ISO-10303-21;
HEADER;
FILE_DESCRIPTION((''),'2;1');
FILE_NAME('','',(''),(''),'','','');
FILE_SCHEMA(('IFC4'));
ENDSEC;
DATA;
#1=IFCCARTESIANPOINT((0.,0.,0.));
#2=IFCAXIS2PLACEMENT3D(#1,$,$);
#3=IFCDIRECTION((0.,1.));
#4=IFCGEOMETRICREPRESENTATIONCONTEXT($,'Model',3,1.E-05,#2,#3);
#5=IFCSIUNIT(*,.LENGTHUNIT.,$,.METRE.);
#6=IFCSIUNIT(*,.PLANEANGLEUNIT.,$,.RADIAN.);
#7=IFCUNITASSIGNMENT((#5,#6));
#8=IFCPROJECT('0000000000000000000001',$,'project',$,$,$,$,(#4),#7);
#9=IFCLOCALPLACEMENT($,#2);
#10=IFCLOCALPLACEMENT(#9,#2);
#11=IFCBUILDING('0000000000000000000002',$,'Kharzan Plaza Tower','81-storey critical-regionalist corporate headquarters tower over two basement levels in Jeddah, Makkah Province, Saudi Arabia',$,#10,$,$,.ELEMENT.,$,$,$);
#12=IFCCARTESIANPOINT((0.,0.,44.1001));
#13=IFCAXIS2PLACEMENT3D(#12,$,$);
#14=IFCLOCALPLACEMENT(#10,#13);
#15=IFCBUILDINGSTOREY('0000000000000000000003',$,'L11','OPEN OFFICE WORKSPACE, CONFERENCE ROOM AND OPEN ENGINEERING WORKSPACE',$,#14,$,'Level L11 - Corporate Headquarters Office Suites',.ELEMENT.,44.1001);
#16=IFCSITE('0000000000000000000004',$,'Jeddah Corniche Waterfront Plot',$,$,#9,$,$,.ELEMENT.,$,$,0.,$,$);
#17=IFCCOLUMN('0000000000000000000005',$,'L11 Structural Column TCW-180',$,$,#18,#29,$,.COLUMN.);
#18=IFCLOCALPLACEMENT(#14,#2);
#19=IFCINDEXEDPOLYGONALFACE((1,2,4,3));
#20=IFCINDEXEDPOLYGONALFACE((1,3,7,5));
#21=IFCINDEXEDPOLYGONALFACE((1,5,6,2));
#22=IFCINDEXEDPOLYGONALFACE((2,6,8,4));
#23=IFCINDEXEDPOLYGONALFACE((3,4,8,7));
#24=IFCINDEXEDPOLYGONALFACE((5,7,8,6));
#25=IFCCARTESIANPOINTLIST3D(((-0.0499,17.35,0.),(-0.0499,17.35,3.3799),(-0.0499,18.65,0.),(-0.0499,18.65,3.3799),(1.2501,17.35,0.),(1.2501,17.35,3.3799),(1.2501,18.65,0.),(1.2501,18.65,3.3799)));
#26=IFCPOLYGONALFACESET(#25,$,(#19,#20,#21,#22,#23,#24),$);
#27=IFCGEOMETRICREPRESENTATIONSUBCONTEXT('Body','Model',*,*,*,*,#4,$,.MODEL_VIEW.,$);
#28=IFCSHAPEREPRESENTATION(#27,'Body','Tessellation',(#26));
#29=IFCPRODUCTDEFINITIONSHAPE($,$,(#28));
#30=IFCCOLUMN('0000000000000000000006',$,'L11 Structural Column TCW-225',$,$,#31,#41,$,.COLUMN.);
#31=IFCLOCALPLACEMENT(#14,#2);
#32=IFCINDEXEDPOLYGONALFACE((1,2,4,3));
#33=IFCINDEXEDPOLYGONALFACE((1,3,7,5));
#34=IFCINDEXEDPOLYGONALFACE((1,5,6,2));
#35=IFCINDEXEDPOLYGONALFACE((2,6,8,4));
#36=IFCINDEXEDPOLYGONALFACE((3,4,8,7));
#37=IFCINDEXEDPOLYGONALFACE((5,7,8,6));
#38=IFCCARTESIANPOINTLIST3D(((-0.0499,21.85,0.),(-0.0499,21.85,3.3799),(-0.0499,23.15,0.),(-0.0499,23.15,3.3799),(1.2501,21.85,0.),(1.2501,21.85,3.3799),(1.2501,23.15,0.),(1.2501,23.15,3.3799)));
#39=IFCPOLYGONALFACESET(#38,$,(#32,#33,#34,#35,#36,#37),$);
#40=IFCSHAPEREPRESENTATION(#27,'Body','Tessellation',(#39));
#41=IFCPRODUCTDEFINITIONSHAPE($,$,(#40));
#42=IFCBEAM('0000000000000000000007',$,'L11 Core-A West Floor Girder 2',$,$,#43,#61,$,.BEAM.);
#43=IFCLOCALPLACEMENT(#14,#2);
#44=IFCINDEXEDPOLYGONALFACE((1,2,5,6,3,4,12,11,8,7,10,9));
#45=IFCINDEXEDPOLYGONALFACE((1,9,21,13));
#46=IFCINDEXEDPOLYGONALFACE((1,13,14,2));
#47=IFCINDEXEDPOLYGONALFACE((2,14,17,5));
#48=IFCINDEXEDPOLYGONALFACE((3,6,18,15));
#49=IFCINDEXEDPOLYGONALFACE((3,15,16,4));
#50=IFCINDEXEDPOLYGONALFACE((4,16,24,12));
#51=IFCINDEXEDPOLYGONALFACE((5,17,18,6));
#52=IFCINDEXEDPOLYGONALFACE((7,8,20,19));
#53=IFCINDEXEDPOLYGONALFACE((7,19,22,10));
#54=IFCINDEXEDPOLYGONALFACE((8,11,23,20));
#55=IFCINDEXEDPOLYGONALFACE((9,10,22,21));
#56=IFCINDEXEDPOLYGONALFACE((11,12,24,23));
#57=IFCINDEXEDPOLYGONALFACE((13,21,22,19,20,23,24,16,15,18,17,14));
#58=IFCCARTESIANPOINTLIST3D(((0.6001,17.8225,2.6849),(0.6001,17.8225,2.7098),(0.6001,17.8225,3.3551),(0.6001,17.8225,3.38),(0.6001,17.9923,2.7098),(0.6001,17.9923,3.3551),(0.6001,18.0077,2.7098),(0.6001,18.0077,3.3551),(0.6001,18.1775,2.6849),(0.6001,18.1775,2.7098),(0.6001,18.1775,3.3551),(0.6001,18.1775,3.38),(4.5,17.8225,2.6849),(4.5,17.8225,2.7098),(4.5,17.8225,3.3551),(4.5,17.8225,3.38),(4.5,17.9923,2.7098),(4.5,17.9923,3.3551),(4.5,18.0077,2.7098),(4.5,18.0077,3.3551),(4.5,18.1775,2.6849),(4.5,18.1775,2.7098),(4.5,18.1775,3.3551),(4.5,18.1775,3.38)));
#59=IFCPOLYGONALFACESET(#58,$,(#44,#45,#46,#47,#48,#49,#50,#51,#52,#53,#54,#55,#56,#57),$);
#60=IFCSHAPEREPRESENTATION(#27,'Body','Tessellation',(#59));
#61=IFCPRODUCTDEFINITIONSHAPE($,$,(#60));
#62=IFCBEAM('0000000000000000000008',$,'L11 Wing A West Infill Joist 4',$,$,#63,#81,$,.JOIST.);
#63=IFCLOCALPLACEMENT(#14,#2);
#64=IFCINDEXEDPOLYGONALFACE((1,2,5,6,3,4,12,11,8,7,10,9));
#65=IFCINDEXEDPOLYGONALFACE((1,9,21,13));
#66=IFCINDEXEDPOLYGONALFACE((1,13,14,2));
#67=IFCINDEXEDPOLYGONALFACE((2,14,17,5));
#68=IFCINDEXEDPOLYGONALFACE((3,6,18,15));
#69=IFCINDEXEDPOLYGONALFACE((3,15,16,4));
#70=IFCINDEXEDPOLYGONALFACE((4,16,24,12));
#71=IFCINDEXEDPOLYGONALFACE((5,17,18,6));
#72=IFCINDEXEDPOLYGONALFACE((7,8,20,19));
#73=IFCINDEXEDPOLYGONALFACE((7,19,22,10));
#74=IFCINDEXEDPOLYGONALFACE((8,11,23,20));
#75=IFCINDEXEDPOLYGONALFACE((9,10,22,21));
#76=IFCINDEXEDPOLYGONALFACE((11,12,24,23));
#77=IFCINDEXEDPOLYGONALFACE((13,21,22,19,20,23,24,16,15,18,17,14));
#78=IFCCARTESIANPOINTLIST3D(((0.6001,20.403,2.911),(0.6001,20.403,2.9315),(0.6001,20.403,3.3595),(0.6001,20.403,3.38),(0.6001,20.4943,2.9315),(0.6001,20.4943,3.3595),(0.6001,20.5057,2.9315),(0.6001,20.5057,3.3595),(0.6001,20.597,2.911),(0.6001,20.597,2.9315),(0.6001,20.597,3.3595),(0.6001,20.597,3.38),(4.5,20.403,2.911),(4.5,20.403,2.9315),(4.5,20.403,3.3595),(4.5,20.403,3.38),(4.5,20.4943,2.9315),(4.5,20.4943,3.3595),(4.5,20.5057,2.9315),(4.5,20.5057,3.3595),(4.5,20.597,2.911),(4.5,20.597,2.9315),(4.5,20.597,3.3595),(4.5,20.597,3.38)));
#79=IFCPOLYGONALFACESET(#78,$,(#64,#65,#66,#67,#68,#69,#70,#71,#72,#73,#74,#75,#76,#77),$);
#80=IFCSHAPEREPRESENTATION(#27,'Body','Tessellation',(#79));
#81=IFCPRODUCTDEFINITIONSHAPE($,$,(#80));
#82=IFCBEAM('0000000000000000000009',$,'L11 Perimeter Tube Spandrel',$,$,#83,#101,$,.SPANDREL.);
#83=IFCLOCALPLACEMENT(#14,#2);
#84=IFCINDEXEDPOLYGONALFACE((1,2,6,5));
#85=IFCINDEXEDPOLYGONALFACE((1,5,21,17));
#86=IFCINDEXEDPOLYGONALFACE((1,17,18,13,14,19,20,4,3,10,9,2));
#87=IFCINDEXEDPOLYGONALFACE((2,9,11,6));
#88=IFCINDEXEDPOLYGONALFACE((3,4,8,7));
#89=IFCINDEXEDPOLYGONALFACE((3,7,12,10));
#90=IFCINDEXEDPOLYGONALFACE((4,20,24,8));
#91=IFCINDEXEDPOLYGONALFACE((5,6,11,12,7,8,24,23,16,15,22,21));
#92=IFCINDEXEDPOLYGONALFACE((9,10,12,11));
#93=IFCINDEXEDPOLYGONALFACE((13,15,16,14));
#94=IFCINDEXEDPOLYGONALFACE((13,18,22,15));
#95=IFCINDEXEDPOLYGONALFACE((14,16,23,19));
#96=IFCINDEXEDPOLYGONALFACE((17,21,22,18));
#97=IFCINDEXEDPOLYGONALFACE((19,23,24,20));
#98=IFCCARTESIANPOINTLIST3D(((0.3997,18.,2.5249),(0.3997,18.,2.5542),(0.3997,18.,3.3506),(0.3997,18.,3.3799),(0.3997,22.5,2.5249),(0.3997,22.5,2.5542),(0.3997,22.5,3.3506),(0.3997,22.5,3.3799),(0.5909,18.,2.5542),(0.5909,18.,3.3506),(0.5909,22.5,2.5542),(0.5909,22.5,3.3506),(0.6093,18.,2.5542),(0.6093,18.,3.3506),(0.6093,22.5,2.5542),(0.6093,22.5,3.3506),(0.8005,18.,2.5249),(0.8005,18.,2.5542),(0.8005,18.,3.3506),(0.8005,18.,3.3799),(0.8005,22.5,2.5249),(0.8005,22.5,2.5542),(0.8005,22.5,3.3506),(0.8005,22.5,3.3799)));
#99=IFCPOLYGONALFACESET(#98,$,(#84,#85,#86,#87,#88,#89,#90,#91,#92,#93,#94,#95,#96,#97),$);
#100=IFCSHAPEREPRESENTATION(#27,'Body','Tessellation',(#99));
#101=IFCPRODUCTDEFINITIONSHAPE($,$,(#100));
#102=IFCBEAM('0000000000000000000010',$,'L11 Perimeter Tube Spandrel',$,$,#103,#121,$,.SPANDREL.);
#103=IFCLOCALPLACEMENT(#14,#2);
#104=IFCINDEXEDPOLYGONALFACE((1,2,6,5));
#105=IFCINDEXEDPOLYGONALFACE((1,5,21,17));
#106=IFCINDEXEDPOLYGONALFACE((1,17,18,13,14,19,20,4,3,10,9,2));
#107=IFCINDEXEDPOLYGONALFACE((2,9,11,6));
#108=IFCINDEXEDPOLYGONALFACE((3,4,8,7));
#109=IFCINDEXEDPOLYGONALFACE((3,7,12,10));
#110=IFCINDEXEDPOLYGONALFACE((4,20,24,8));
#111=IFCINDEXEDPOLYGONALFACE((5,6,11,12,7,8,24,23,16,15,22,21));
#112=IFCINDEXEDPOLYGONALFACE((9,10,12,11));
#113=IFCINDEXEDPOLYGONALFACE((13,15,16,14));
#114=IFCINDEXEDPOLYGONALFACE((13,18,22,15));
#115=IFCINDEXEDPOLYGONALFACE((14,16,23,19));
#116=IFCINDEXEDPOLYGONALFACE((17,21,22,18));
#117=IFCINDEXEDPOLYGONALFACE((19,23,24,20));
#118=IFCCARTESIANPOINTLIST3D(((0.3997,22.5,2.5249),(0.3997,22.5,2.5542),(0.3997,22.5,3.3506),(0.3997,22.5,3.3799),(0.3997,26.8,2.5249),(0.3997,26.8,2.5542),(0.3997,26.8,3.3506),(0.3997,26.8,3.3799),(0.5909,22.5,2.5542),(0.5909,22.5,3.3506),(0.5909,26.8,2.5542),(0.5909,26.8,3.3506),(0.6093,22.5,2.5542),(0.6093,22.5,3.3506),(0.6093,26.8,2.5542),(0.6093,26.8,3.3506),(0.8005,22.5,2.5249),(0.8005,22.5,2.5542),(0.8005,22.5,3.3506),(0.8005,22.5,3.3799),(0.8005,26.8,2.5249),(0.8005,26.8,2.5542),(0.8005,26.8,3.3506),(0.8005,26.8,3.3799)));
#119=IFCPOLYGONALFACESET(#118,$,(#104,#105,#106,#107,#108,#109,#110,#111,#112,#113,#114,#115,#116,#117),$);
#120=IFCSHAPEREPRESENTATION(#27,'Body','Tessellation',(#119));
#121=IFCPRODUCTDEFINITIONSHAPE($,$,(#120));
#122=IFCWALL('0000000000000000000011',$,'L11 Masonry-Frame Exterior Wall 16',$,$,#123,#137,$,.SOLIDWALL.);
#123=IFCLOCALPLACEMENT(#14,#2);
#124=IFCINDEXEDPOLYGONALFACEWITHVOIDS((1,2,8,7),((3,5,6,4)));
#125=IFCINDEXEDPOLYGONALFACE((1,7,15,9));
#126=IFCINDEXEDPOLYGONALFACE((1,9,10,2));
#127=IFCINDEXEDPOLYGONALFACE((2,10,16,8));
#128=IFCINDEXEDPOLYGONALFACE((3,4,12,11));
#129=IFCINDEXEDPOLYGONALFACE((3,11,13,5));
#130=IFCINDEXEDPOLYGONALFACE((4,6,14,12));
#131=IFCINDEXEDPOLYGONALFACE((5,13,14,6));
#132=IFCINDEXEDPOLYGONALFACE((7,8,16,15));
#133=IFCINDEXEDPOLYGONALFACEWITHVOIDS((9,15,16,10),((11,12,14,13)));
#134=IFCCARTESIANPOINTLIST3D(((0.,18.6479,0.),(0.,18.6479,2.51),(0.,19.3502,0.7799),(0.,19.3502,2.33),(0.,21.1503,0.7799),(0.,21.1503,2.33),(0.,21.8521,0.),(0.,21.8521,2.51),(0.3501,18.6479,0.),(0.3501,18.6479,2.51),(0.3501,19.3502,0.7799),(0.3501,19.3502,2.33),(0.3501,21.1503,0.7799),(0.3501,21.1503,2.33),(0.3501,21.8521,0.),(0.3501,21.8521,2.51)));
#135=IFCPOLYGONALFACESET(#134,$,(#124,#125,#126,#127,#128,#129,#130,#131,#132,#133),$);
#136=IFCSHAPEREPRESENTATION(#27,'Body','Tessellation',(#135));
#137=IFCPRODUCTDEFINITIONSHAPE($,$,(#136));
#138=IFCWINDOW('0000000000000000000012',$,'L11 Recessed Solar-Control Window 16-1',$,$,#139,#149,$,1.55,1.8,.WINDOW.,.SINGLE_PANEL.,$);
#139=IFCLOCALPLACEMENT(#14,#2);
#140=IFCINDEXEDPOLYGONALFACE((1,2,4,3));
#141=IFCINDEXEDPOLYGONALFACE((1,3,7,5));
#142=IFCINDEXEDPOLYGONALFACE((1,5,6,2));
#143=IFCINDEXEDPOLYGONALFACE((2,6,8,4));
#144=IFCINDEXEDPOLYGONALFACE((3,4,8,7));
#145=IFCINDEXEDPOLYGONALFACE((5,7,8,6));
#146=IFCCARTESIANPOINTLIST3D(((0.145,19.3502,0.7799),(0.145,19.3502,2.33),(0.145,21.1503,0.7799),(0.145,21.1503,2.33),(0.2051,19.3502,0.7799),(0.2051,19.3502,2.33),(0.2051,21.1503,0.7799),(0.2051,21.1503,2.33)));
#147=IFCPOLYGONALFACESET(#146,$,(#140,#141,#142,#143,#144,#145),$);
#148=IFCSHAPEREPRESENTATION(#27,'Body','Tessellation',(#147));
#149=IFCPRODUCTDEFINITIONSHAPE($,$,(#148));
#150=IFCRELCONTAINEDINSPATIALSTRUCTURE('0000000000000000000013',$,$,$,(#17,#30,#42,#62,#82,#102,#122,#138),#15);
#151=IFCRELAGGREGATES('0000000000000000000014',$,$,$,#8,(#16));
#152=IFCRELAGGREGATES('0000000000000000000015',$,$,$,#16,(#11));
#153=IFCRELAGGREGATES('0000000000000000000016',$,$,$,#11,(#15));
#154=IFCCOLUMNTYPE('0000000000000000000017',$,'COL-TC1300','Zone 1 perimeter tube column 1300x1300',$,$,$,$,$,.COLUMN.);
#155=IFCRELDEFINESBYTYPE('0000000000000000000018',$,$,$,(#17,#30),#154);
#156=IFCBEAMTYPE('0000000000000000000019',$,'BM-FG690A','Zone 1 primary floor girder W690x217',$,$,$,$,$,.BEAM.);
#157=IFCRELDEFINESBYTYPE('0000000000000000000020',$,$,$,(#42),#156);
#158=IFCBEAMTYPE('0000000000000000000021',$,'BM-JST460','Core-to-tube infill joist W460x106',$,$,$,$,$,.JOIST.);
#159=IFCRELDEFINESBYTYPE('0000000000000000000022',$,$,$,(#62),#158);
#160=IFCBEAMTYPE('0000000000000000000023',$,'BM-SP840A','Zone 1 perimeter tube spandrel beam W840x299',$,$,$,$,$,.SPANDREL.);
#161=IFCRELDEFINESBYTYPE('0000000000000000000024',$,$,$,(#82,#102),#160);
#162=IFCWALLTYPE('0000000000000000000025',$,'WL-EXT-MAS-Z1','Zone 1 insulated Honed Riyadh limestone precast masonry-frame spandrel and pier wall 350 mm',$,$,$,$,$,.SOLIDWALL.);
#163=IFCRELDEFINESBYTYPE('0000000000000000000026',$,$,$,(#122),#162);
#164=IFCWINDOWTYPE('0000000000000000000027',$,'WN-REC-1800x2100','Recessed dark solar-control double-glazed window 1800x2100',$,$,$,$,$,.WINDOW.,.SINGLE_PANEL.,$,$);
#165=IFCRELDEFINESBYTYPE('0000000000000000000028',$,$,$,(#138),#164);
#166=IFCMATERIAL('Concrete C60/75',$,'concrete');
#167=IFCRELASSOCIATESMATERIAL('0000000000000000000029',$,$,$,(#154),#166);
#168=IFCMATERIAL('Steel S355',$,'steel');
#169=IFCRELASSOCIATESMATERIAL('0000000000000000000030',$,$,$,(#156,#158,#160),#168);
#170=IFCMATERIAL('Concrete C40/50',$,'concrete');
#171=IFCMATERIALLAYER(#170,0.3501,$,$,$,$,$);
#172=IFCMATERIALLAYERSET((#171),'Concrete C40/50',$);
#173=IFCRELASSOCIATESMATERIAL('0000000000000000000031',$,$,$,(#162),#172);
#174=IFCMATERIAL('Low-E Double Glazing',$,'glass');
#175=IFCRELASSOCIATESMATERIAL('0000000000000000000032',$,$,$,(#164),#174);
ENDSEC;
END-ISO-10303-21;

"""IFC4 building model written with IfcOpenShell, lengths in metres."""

from ifc_helpers import new_model, si_unit, direction, frame, frame_2d, origin, origin_2d, place, context, subcontext, project, spatial, rectangle, i_section, extrude, source, transform, mapped, material, layer, layer_set, material_profile, profile_set, type_object, element, fill, save


model = new_model("IFC4")

# Units and contexts
model_context = context("Model", 3, precision=1e-05, world=origin(), true_north=direction((0.0, 1.0)))
body_context = subcontext(model_context, "Body", "Model", "MODEL_VIEW")
ifc_project = project(units=[si_unit("LENGTHUNIT", "METRE"), si_unit("PLANEANGLEUNIT", "RADIAN")], contexts=[model_context])

# Site, building, storey
site_placement = place(None, origin())
site = spatial("IfcSite", under=ifc_project, at=site_placement, Name="Jeddah Corniche Waterfront Plot", CompositionType="ELEMENT", RefElevation=0.0)
building_placement = place(site_placement, origin())
building = spatial("IfcBuilding", under=site, at=building_placement, Name="Kharzan Plaza Tower", Description="81-storey critical-regionalist corporate headquarters tower over two basement levels in Jeddah, Makkah Province, Saudi Arabia", CompositionType="ELEMENT")
storey_placement = place(building_placement, frame((0.0, 0.0, 44.1001)))
storey = spatial("IfcBuildingStorey", under=building, at=storey_placement, Name="L11", Description="OPEN OFFICE WORKSPACE, CONFERENCE ROOM AND OPEN ENGINEERING WORKSPACE", LongName="Level L11 - Corporate Headquarters Office Suites", CompositionType="ELEMENT", Elevation=44.1001)

# Columns
ifc_material_1 = material(Name="Concrete C60/75", Category="concrete")
ifc_material_profile_1 = material_profile(ifc_material_1, rectangle(XDim=1.3, YDim=1.3, at=origin_2d()), Name="RC-TC1300x1300")
ifc_profile_set_1 = profile_set([ifc_material_profile_1], Name="Concrete C60/75")
column_type = type_object("IfcColumnType", Name="COL-TC1300", Description="Zone 1 perimeter tube column 1300x1300", PredefinedType="COLUMN", material=ifc_profile_set_1)
shared_shape_1 = source(origin(), body_context, "Body", "SweptSolid", [
    extrude(rectangle(XDim=1.3, YDim=1.3, at=origin_2d()), origin(), (0.0, 0.0, 1.0), 3.3799),
])
for number, where, z_axis, x_axis, name in (
    (1, (0.6001, 18.0, 0.0), (0.0, 0.0, 1.0), (1.0, 0.0, 0.0), "L11 Structural Column TCW-180"),
    (2, (0.6001, 22.5, 0.0), (0.0, 0.0, 1.0), (1.0, 0.0, 0.0), "L11 Structural Column TCW-225"),
):
    element("IfcColumn", number, at=place(storey_placement, frame(where, z_axis=z_axis, x_axis=x_axis)), inside=storey, type_object=column_type, Name=name, PredefinedType="COLUMN", context=body_context, shape_type="MappedRepresentation", body=[
        mapped(shared_shape_1, transform((0.0, 0.0, 0.0), x_axis=(1.0, 0.0, 0.0), y_axis=(0.0, 1.0, 0.0), z_axis=(0.0, 0.0, 1.0))),
    ])

# Beams
ifc_material_2 = material(Name="Steel S355", Category="steel")
ifc_material_profile_2 = material_profile(ifc_material_2, i_section(OverallWidth=0.355, OverallDepth=0.6951, WebThickness=0.0154, FlangeThickness=0.0249, at=origin_2d()), Name="W690x217")
ifc_profile_set_2 = profile_set([ifc_material_profile_2], Name="Steel S355")
beam_type_1 = type_object("IfcBeamType", Name="BM-FG690A", Description="Zone 1 primary floor girder W690x217", PredefinedType="BEAM", material=ifc_profile_set_2)
shared_shape_2 = source(origin(), body_context, "Body", "SweptSolid", [
    extrude(i_section(OverallWidth=0.355, OverallDepth=0.6951, WebThickness=0.0154, FlangeThickness=0.0249, at=origin_2d()), origin(), (0.0, 0.0, 1.0), 3.8999),
])
beam_1_placement = place(storey_placement, frame((0.6001, 18.0, 3.0325), z_axis=(1.0, 0.0, 0.0), x_axis=(0.0, 1.0, 0.0)))
element("IfcBeam", 3, at=beam_1_placement, inside=storey, type_object=beam_type_1, Name="L11 Core-A West Floor Girder 2", PredefinedType="BEAM", context=body_context, shape_type="MappedRepresentation", body=[
    mapped(shared_shape_2, transform((0.0, 0.0, 0.0), x_axis=(1.0, 0.0, 0.0), y_axis=(0.0, 1.0, 0.0), z_axis=(0.0, 0.0, 1.0))),
])
ifc_material_profile_3 = material_profile(ifc_material_2, i_section(OverallWidth=0.1941, OverallDepth=0.469, WebThickness=0.0115, FlangeThickness=0.0205, at=origin_2d()), Name="W460x106")
ifc_profile_set_3 = profile_set([ifc_material_profile_3], Name="Steel S355")
beam_type_2 = type_object("IfcBeamType", Name="BM-JST460", Description="Core-to-tube infill joist W460x106", PredefinedType="JOIST", material=ifc_profile_set_3)
shared_shape_3 = source(origin(), body_context, "Body", "SweptSolid", [
    extrude(i_section(OverallWidth=0.1941, OverallDepth=0.469, WebThickness=0.0115, FlangeThickness=0.0205, at=origin_2d()), origin(), (0.0, 0.0, 1.0), 3.8999),
])
beam_2_placement = place(storey_placement, frame((0.6001, 20.5, 3.1455), z_axis=(1.0, 0.0, 0.0), x_axis=(0.0, 1.0, 0.0)))
element("IfcBeam", 4, at=beam_2_placement, inside=storey, type_object=beam_type_2, Name="L11 Wing A West Infill Joist 4", PredefinedType="JOIST", context=body_context, shape_type="MappedRepresentation", body=[
    mapped(shared_shape_3, transform((0.0, 0.0, 0.0), x_axis=(1.0, 0.0, 0.0), y_axis=(0.0, 1.0, 0.0), z_axis=(0.0, 0.0, 1.0))),
])
ifc_material_profile_4 = material_profile(ifc_material_2, i_section(OverallWidth=0.4009, OverallDepth=0.855, WebThickness=0.0183, FlangeThickness=0.0293, at=origin_2d()), Name="W840x299")
ifc_profile_set_4 = profile_set([ifc_material_profile_4], Name="Steel S355")
beam_type_3 = type_object("IfcBeamType", Name="BM-SP840A", Description="Zone 1 perimeter tube spandrel beam W840x299", PredefinedType="SPANDREL", material=ifc_profile_set_4)
shared_shape_4 = source(origin(), body_context, "Body", "SweptSolid", [
    extrude(i_section(OverallWidth=0.4009, OverallDepth=0.855, WebThickness=0.0183, FlangeThickness=0.0293, at=origin_2d()), origin(), (0.0, 0.0, 1.0), 4.5),
])
beam_3_placement = place(storey_placement, frame((0.6001, 18.0, 2.9524), z_axis=(0.0, 1.0, 0.0), x_axis=(-1.0, 0.0, 0.0)))
element("IfcBeam", 5, at=beam_3_placement, inside=storey, type_object=beam_type_3, Name="L11 Perimeter Tube Spandrel", PredefinedType="SPANDREL", context=body_context, shape_type="MappedRepresentation", body=[
    mapped(shared_shape_4, transform((0.0, 0.0, 0.0), x_axis=(1.0, 0.0, 0.0), y_axis=(0.0, 1.0, 0.0), z_axis=(0.0, 0.0, 1.0))),
])
shared_shape_5 = source(origin(), body_context, "Body", "SweptSolid", [
    extrude(i_section(OverallWidth=0.4009, OverallDepth=0.855, WebThickness=0.0183, FlangeThickness=0.0293, at=origin_2d()), origin(), (0.0, 0.0, 1.0), 4.3),
])
beam_4_placement = place(storey_placement, frame((0.6001, 22.5, 2.9524), z_axis=(0.0, 1.0, 0.0), x_axis=(-1.0, 0.0, 0.0)))
element("IfcBeam", 6, at=beam_4_placement, inside=storey, type_object=beam_type_3, Name="L11 Perimeter Tube Spandrel", PredefinedType="SPANDREL", context=body_context, shape_type="MappedRepresentation", body=[
    mapped(shared_shape_5, transform((0.0, 0.0, 0.0), x_axis=(1.0, 0.0, 0.0), y_axis=(0.0, 1.0, 0.0), z_axis=(0.0, 0.0, 1.0))),
])

# Wall, opening, window
ifc_material_3 = material(Name="Concrete C40/50", Category="concrete")
ifc_layer_1 = layer(ifc_material_3, 0.3501)
ifc_layer_set_1 = layer_set([ifc_layer_1], Name="Concrete C40/50")
wall_type_1 = type_object("IfcWallType", Name="WL-EXT-MAS-Z1", Description="Zone 1 insulated Honed Riyadh limestone precast masonry-frame spandrel and pier wall 350 mm", PredefinedType="SOLIDWALL", material=ifc_layer_set_1)
wall_1_placement = place(storey_placement, frame((0.175, 21.8521, 0.0), z_axis=(0.0, 0.0, 1.0), x_axis=(0.0, -1.0, 0.0)))
wall_1 = element("IfcWall", 7, at=wall_1_placement, inside=storey, type_object=wall_type_1, Name="L11 Masonry-Frame Exterior Wall 16", PredefinedType="SOLIDWALL", context=body_context, shape_type="SweptSolid", body=[
    extrude(rectangle(XDim=3.2041, YDim=0.3501, at=frame_2d((1.6021, 0.0))), origin(), (0.0, 0.0, 1.0), 2.51),
])
opening_1_placement = place(wall_1_placement, frame((0.7019, 0.0, 0.78)))
opening_1 = element("IfcOpeningElement", 8, at=opening_1_placement, cuts=wall_1, PredefinedType="OPENING", context=body_context, shape_type="SweptSolid", body=[
    extrude(rectangle(XDim=1.8, YDim=1.55, at=frame_2d((0.8999, 0.7749))), frame((0.0, 0.1851, 0.0), z_axis=(0.0, -1.0, 0.0), x_axis=(1.0, 0.0, 0.0)), (0.0, 0.0, 1.0), 0.3701),
])
ifc_material_4 = material(Name="Low-E Double Glazing", Category="glass")
window_type = type_object("IfcWindowType", Name="WN-REC-1800x2100", Description="Recessed dark solar-control double-glazed window 1800x2100", PartitioningType="SINGLE_PANEL", PredefinedType="WINDOW", material=ifc_material_4)
shared_shape_6 = source(origin(), body_context, "Body", "SweptSolid", [
    extrude(rectangle(XDim=1.8, YDim=1.55, at=frame_2d((0.8999, 0.7749))), frame((0.0, 0.03, 0.0), z_axis=(0.0, -1.0, 0.0), x_axis=(1.0, 0.0, 0.0)), (0.0, 0.0, 1.0), 0.0601),
])
window_placement = place(opening_1_placement, origin())
window = element("IfcWindow", 9, at=window_placement, inside=storey, type_object=window_type, Name="L11 Recessed Solar-Control Window 16-1", OverallHeight=1.55, OverallWidth=1.8, PartitioningType="SINGLE_PANEL", PredefinedType="WINDOW", context=body_context, shape_type="MappedRepresentation", body=[
    mapped(shared_shape_6, transform((0.0, 0.0, 0.0), x_axis=(1.0, 0.0, 0.0), y_axis=(0.0, 1.0, 0.0), z_axis=(0.0, 0.0, 1.0))),
])
fill(opening_1, window)

save(model, "model.ifc")
